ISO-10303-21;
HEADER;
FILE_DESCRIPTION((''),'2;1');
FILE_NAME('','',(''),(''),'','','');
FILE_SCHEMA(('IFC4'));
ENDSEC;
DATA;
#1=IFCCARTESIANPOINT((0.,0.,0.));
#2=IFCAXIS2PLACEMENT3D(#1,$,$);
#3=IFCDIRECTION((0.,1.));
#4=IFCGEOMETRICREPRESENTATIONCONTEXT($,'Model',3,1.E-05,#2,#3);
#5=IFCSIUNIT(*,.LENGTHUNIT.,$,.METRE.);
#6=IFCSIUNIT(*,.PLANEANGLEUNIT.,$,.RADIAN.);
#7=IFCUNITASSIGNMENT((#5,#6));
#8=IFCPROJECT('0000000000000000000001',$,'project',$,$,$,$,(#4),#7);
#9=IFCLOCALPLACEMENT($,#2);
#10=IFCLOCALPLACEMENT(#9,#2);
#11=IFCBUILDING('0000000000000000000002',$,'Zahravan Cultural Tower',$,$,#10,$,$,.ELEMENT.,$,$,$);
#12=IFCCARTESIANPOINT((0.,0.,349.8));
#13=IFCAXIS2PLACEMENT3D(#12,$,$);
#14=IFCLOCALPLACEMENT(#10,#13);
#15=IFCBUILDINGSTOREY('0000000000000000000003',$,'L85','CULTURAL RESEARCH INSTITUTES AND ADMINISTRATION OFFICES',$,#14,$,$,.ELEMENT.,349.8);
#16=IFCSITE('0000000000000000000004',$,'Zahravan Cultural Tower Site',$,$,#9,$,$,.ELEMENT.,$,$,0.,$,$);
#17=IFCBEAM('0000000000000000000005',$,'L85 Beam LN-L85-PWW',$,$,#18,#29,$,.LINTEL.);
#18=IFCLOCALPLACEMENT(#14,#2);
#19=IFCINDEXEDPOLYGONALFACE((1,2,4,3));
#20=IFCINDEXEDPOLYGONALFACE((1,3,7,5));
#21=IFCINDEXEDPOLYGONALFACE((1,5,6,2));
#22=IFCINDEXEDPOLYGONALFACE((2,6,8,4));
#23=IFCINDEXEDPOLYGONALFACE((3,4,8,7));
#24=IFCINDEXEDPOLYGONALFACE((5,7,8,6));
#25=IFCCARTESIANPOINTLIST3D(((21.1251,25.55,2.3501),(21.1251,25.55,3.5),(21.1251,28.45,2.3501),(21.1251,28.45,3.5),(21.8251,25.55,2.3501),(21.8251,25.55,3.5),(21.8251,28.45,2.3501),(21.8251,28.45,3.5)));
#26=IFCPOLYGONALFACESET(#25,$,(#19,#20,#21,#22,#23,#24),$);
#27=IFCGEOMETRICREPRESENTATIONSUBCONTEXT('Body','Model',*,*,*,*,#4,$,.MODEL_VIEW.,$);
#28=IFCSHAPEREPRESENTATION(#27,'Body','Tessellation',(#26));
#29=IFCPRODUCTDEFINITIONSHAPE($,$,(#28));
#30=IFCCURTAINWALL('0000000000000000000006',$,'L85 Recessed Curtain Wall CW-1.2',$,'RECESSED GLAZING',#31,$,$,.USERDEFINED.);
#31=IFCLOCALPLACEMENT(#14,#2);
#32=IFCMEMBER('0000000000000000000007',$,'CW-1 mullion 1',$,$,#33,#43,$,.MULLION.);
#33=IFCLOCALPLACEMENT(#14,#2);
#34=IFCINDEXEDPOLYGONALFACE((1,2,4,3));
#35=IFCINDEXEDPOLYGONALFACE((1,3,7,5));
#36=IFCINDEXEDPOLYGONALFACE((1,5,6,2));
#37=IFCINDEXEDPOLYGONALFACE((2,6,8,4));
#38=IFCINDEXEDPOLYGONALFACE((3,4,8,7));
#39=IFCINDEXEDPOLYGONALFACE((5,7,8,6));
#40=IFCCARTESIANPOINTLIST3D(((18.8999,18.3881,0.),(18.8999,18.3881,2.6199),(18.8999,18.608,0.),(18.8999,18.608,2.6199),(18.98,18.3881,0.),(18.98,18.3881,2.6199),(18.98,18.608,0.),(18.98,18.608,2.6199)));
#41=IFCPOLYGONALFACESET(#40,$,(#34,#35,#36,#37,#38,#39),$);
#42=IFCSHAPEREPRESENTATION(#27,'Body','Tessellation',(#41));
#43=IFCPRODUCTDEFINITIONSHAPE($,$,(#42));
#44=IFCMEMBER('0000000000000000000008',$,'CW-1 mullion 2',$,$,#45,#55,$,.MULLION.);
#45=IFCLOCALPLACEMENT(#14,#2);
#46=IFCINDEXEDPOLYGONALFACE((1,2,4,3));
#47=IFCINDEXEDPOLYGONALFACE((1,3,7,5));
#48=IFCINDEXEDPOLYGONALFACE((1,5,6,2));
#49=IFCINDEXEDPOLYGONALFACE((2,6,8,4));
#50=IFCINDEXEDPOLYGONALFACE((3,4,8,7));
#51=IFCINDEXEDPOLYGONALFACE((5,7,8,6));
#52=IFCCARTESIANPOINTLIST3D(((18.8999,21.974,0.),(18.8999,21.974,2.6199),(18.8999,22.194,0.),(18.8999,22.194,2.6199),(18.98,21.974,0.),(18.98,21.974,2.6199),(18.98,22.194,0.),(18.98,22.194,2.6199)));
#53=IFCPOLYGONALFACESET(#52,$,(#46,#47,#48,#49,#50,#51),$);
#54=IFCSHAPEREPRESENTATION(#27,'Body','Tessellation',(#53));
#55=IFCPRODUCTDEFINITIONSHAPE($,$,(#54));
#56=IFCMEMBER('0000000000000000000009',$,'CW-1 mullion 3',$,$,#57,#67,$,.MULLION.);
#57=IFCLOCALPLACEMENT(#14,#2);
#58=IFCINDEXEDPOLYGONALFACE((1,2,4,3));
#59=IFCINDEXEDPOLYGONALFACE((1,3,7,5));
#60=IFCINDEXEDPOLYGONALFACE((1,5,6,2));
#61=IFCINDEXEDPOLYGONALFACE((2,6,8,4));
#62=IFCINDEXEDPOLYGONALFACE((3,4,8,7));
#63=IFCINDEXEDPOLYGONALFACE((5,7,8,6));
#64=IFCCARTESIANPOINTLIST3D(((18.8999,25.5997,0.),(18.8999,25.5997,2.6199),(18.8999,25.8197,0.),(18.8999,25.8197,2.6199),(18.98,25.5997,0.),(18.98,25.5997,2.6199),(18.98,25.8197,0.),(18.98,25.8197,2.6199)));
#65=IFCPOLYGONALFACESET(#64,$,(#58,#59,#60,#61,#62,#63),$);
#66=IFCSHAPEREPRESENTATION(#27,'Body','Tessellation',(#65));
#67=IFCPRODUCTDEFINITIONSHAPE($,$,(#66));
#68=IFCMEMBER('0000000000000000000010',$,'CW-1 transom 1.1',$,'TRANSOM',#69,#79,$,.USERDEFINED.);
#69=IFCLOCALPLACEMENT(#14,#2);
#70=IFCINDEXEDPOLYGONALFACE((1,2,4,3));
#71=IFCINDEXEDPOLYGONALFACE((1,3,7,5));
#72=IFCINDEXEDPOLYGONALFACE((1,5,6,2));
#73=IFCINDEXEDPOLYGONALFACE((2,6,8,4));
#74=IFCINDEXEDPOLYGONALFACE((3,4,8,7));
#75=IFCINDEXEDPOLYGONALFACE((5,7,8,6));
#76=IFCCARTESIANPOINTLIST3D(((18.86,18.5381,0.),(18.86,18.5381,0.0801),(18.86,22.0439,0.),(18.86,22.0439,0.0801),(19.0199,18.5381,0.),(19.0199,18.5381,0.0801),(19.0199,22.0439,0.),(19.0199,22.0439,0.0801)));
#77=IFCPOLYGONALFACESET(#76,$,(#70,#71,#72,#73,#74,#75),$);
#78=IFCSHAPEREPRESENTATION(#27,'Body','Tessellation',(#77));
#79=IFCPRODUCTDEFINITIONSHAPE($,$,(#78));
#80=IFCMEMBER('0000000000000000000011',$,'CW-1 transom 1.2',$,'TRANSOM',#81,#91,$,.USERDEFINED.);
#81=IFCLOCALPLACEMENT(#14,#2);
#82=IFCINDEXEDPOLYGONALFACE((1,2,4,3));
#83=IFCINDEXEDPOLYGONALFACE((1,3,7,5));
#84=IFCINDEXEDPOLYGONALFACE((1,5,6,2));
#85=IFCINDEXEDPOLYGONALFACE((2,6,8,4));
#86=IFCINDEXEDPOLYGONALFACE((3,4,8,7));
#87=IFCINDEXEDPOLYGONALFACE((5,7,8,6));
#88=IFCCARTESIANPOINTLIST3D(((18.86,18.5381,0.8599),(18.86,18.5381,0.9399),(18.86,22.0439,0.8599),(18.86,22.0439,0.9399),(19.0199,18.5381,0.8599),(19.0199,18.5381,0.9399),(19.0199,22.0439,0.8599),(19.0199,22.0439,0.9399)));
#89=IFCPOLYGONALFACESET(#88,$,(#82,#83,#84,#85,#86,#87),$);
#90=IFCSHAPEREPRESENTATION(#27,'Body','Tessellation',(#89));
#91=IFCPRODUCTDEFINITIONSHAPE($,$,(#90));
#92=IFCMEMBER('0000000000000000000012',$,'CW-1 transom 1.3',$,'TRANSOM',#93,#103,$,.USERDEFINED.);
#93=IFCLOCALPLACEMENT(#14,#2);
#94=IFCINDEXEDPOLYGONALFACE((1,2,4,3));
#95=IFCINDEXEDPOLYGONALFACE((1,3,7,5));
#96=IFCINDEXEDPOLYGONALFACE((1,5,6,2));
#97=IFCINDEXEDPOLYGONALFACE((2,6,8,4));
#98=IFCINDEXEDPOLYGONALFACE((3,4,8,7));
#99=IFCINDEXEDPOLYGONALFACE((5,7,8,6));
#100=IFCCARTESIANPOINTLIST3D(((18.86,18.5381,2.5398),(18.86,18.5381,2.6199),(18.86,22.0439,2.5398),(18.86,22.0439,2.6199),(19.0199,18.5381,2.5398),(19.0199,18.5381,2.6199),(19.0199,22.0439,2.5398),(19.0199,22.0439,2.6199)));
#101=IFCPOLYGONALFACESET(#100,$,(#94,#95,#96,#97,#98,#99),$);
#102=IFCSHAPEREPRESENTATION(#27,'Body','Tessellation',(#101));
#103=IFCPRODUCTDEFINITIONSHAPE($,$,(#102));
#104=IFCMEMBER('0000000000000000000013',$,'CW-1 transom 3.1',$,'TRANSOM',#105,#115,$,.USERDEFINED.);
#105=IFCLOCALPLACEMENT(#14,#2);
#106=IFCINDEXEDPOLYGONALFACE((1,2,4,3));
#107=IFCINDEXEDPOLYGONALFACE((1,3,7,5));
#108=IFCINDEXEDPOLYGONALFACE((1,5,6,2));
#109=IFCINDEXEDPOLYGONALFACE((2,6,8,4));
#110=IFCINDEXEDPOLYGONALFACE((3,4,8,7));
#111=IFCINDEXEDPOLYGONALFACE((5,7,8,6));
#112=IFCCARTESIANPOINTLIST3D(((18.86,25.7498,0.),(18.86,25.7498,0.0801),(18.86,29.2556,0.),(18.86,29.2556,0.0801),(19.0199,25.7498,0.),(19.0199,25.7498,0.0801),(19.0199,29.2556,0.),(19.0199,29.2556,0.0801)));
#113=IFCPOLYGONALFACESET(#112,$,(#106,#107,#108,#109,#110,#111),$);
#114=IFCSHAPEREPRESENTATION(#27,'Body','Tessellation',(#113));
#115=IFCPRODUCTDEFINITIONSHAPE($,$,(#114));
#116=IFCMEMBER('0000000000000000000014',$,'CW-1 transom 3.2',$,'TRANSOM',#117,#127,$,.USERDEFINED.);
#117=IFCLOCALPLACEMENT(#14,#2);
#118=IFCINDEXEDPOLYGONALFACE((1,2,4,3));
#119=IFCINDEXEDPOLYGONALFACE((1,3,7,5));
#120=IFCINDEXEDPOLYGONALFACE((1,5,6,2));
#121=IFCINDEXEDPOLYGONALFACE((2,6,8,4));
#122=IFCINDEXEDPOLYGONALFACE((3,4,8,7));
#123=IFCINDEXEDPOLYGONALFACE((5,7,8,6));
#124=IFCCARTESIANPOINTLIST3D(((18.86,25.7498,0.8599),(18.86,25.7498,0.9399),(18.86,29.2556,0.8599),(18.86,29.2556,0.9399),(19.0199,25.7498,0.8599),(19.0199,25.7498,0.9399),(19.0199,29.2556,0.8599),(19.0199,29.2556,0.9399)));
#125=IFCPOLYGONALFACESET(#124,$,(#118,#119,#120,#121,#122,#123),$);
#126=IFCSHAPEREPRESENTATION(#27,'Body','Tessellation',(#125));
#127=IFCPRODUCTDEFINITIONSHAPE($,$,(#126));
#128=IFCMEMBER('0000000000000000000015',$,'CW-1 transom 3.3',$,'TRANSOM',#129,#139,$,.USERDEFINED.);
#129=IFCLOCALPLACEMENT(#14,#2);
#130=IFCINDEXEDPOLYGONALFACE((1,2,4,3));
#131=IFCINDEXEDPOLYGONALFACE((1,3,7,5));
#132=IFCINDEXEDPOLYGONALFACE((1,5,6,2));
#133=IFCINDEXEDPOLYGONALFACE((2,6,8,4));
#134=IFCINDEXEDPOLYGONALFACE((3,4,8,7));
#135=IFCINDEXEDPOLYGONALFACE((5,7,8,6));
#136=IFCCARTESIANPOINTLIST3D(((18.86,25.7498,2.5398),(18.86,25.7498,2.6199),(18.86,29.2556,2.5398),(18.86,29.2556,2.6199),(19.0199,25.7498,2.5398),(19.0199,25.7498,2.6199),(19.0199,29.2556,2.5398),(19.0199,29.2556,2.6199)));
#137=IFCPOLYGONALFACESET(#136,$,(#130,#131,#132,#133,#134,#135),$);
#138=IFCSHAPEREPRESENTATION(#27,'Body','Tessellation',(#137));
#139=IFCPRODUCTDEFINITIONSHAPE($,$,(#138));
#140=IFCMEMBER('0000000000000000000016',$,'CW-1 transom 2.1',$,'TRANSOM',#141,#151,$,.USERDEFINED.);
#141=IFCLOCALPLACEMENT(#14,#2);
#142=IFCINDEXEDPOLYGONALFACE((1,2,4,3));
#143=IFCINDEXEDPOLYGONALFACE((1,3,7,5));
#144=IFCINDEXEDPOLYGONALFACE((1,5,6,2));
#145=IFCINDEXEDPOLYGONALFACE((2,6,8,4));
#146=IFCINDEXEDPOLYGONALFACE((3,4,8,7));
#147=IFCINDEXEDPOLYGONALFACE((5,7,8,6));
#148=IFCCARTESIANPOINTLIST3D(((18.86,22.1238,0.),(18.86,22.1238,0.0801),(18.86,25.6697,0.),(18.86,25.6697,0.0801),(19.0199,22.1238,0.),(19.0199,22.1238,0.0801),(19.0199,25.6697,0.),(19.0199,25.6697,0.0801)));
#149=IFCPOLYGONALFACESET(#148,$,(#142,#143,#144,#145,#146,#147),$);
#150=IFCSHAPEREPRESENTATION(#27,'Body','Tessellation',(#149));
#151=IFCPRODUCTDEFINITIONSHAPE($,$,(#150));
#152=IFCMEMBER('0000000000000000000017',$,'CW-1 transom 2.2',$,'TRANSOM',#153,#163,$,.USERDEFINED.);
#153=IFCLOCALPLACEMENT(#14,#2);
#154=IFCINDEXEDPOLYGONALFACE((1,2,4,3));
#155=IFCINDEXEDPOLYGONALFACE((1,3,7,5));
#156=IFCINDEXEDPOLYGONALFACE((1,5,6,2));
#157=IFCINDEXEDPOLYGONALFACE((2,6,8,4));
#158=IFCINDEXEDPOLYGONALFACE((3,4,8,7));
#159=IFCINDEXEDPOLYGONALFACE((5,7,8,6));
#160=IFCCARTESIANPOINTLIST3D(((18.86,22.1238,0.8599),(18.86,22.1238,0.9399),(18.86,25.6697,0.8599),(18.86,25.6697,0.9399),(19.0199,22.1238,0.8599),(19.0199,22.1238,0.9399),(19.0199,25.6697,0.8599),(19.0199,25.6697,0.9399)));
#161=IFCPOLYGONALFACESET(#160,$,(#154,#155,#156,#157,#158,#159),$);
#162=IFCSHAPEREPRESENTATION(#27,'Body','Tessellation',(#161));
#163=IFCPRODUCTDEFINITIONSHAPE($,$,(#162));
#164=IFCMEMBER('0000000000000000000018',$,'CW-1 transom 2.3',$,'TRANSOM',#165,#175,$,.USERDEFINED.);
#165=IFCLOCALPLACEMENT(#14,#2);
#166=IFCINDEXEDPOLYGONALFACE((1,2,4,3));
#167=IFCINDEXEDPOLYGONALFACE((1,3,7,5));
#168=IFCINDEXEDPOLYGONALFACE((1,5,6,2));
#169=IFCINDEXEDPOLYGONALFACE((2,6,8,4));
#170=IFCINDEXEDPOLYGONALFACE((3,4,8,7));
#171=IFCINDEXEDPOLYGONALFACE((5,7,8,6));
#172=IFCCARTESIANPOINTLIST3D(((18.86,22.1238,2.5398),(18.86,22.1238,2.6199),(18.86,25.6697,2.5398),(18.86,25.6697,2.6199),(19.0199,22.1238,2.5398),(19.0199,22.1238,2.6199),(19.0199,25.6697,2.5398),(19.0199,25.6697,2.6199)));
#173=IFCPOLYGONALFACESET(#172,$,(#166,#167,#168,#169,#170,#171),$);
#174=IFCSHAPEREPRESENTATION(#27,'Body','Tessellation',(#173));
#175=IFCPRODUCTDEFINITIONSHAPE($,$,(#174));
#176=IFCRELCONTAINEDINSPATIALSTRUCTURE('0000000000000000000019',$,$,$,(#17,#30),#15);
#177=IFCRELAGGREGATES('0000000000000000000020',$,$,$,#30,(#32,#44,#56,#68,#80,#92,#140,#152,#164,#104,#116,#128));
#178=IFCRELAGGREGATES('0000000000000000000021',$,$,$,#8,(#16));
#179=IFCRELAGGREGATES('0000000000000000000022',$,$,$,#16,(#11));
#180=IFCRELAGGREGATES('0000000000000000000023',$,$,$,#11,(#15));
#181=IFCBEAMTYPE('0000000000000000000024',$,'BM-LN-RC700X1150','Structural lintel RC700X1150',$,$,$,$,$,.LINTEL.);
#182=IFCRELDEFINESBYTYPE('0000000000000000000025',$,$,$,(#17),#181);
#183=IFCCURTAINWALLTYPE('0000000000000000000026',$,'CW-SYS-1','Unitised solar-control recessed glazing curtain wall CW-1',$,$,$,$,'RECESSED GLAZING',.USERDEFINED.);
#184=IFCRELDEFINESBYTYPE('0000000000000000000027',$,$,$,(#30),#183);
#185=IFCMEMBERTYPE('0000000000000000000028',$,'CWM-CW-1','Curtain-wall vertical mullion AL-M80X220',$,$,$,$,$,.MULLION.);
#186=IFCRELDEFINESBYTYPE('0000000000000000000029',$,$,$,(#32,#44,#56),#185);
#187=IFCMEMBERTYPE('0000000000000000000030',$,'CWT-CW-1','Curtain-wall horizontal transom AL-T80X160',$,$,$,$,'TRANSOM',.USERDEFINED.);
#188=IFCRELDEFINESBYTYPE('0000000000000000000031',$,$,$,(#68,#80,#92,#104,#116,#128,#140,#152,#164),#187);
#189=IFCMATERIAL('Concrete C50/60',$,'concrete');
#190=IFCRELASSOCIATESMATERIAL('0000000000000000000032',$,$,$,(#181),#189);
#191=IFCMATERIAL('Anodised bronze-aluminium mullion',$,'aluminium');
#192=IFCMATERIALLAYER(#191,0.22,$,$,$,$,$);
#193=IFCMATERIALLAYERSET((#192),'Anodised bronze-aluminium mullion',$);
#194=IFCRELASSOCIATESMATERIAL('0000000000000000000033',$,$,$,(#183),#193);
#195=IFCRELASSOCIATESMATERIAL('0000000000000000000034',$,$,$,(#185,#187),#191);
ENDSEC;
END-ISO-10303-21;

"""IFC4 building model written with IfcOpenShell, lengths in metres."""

from ifc_helpers import new_model, si_unit, direction, frame, origin, origin_2d, place, context, subcontext, project, spatial, rectangle, extrude, source, transform, mapped, material, layer, layer_set, material_profile, profile_set, type_object, element, aggregate, save


model = new_model("IFC4")

# Units and contexts
model_context = context("Model", 3, precision=1e-05, world=origin(), true_north=direction((0.0, 1.0)))
body_context = subcontext(model_context, "Body", "Model", "MODEL_VIEW")
ifc_project = project(units=[si_unit("LENGTHUNIT", "METRE"), si_unit("PLANEANGLEUNIT", "RADIAN")], contexts=[model_context])

# Site, building, storey
site_placement = place(None, origin())
site = spatial("IfcSite", under=ifc_project, at=site_placement, Name="Zahravan Cultural Tower Site", CompositionType="ELEMENT", RefElevation=0.0)
building_placement = place(site_placement, origin())
building = spatial("IfcBuilding", under=site, at=building_placement, Name="Zahravan Cultural Tower", CompositionType="ELEMENT")
storey_placement = place(building_placement, frame((0.0, 0.0, 349.8)))
storey = spatial("IfcBuildingStorey", under=building, at=storey_placement, Name="L85", Description="CULTURAL RESEARCH INSTITUTES AND ADMINISTRATION OFFICES", CompositionType="ELEMENT", Elevation=349.8)

# Beam
ifc_material_1 = material(Name="Concrete C50/60", Category="concrete")
ifc_material_profile_1 = material_profile(ifc_material_1, rectangle(XDim=0.7, YDim=1.1499, at=origin_2d()), Name="RC700X1150")
ifc_profile_set_1 = profile_set([ifc_material_profile_1], Name="Concrete C50/60")
beam_type = type_object("IfcBeamType", Name="BM-LN-RC700X1150", Description="Structural lintel RC700X1150", PredefinedType="LINTEL", material=ifc_profile_set_1)
shared_shape_1 = source(origin(), body_context, "Body", "SweptSolid", [
    extrude(rectangle(XDim=0.7, YDim=1.1499, at=origin_2d()), origin(), (0.0, 0.0, 1.0), 2.8999),
])
beam_placement = place(storey_placement, frame((21.4751, 25.55, 2.925), z_axis=(0.0, 1.0, 0.0), x_axis=(-1.0, 0.0, 0.0)))
element("IfcBeam", 1, at=beam_placement, inside=storey, type_object=beam_type, Name="L85 Beam LN-L85-PWW", PredefinedType="LINTEL", context=body_context, shape_type="MappedRepresentation", body=[
    mapped(shared_shape_1, transform((0.0, 0.0, 0.0), x_axis=(1.0, 0.0, 0.0), y_axis=(0.0, 1.0, 0.0), z_axis=(0.0, 0.0, 1.0), scale=1.0)),
])

# Curtain wall, members
ifc_material_2 = material(Name="Anodised bronze-aluminium mullion", Category="aluminium")
ifc_layer_1 = layer(ifc_material_2, 0.22)
ifc_layer_set_1 = layer_set([ifc_layer_1], Name="Anodised bronze-aluminium mullion")
curtain_wall_type = type_object("IfcCurtainWallType", Name="CW-SYS-1", Description="Unitised solar-control recessed glazing curtain wall CW-1", ElementType="RECESSED GLAZING", PredefinedType="USERDEFINED", material=ifc_layer_set_1)
curtain_wall_placement = place(storey_placement, origin())
curtain_wall = element("IfcCurtainWall", 2, at=curtain_wall_placement, inside=storey, type_object=curtain_wall_type, Name="L85 Recessed Curtain Wall CW-1.2", ObjectType="RECESSED GLAZING", PredefinedType="USERDEFINED")
ifc_material_profile_2 = material_profile(ifc_material_2, rectangle(XDim=0.0801, YDim=0.22, at=origin_2d()), Name="AL-M80X220")
ifc_profile_set_2 = profile_set([ifc_material_profile_2], Name="Anodised bronze-aluminium mullion")
member_type_1 = type_object("IfcMemberType", Name="CWM-CW-1", Description="Curtain-wall vertical mullion AL-M80X220", PredefinedType="MULLION", material=ifc_profile_set_2)
shared_shape_2 = source(origin(), body_context, "Body", "SweptSolid", [
    extrude(rectangle(XDim=0.0801, YDim=0.22, at=origin_2d()), origin(), (0.0, 0.0, 1.0), 2.6199),
])
member_1_placement = place(storey_placement, frame((18.9399, 18.498, 0.0), z_axis=(0.0, 0.0, 1.0), x_axis=(-1.0, 0.0, 0.0)))
member_1 = element("IfcMember", 3, at=member_1_placement, type_object=member_type_1, Name="CW-1 mullion 1", PredefinedType="MULLION", context=body_context, shape_type="MappedRepresentation", body=[
    mapped(shared_shape_2, transform((0.0, 0.0, 0.0), x_axis=(1.0, 0.0, 0.0), y_axis=(0.0, 1.0, 0.0), z_axis=(0.0, 0.0, 1.0), scale=1.0)),
])
member_2_placement = place(storey_placement, frame((18.9399, 22.084, 0.0), z_axis=(0.0, 0.0, 1.0), x_axis=(-1.0, 0.0, 0.0)))
member_2 = element("IfcMember", 4, at=member_2_placement, type_object=member_type_1, Name="CW-1 mullion 2", PredefinedType="MULLION", context=body_context, shape_type="MappedRepresentation", body=[
    mapped(shared_shape_2, transform((0.0, 0.0, 0.0), x_axis=(1.0, 0.0, 0.0), y_axis=(0.0, 1.0, 0.0), z_axis=(0.0, 0.0, 1.0), scale=1.0)),
])
member_3_placement = place(storey_placement, frame((18.9399, 25.7097, 0.0), z_axis=(0.0, 0.0, 1.0), x_axis=(-1.0, 0.0, 0.0)))
member_3 = element("IfcMember", 5, at=member_3_placement, type_object=member_type_1, Name="CW-1 mullion 3", PredefinedType="MULLION", context=body_context, shape_type="MappedRepresentation", body=[
    mapped(shared_shape_2, transform((0.0, 0.0, 0.0), x_axis=(1.0, 0.0, 0.0), y_axis=(0.0, 1.0, 0.0), z_axis=(0.0, 0.0, 1.0), scale=1.0)),
])
ifc_material_profile_3 = material_profile(ifc_material_2, rectangle(XDim=0.1599, YDim=0.0801, at=origin_2d()), Name="AL-T80X160")
ifc_profile_set_3 = profile_set([ifc_material_profile_3], Name="Anodised bronze-aluminium mullion")
member_type_2 = type_object("IfcMemberType", Name="CWT-CW-1", Description="Curtain-wall horizontal transom AL-T80X160", ElementType="TRANSOM", PredefinedType="USERDEFINED", material=ifc_profile_set_3)
shared_shape_3 = source(origin(), body_context, "Body", "SweptSolid", [
    extrude(rectangle(XDim=0.1599, YDim=0.0801, at=origin_2d()), origin(), (0.0, 0.0, 1.0), 3.5059),
])
member_4_placement = place(storey_placement, frame((18.9399, 18.5381, 0.04), z_axis=(0.0, 1.0, 0.0), x_axis=(-1.0, 0.0, 0.0)))
member_4 = element("IfcMember", 6, at=member_4_placement, type_object=member_type_2, Name="CW-1 transom 1.1", ObjectType="TRANSOM", PredefinedType="USERDEFINED", context=body_context, shape_type="MappedRepresentation", body=[
    mapped(shared_shape_3, transform((0.0, 0.0, 0.0), x_axis=(1.0, 0.0, 0.0), y_axis=(0.0, 1.0, 0.0), z_axis=(0.0, 0.0, 1.0), scale=1.0)),
])
member_5_placement = place(storey_placement, frame((18.9399, 18.5381, 0.8999), z_axis=(0.0, 1.0, 0.0), x_axis=(-1.0, 0.0, 0.0)))
member_5 = element("IfcMember", 7, at=member_5_placement, type_object=member_type_2, Name="CW-1 transom 1.2", ObjectType="TRANSOM", PredefinedType="USERDEFINED", context=body_context, shape_type="MappedRepresentation", body=[
    mapped(shared_shape_3, transform((0.0, 0.0, 0.0), x_axis=(1.0, 0.0, 0.0), y_axis=(0.0, 1.0, 0.0), z_axis=(0.0, 0.0, 1.0), scale=1.0)),
])
member_6_placement = place(storey_placement, frame((18.9399, 18.5381, 2.5798), z_axis=(0.0, 1.0, 0.0), x_axis=(-1.0, 0.0, 0.0)))
member_6 = element("IfcMember", 8, at=member_6_placement, type_object=member_type_2, Name="CW-1 transom 1.3", ObjectType="TRANSOM", PredefinedType="USERDEFINED", context=body_context, shape_type="MappedRepresentation", body=[
    mapped(shared_shape_3, transform((0.0, 0.0, 0.0), x_axis=(1.0, 0.0, 0.0), y_axis=(0.0, 1.0, 0.0), z_axis=(0.0, 0.0, 1.0), scale=1.0)),
])
member_7_placement = place(storey_placement, frame((18.9399, 25.7498, 0.04), z_axis=(0.0, 1.0, 0.0), x_axis=(-1.0, 0.0, 0.0)))
member_7 = element("IfcMember", 9, at=member_7_placement, type_object=member_type_2, Name="CW-1 transom 3.1", ObjectType="TRANSOM", PredefinedType="USERDEFINED", context=body_context, shape_type="MappedRepresentation", body=[
    mapped(shared_shape_3, transform((0.0, 0.0, 0.0), x_axis=(1.0, 0.0, 0.0), y_axis=(0.0, 1.0, 0.0), z_axis=(0.0, 0.0, 1.0), scale=1.0)),
])
member_8_placement = place(storey_placement, frame((18.9399, 25.7498, 0.8999), z_axis=(0.0, 1.0, 0.0), x_axis=(-1.0, 0.0, 0.0)))
member_8 = element("IfcMember", 10, at=member_8_placement, type_object=member_type_2, Name="CW-1 transom 3.2", ObjectType="TRANSOM", PredefinedType="USERDEFINED", context=body_context, shape_type="MappedRepresentation", body=[
    mapped(shared_shape_3, transform((0.0, 0.0, 0.0), x_axis=(1.0, 0.0, 0.0), y_axis=(0.0, 1.0, 0.0), z_axis=(0.0, 0.0, 1.0), scale=1.0)),
])
member_9_placement = place(storey_placement, frame((18.9399, 25.7498, 2.5798), z_axis=(0.0, 1.0, 0.0), x_axis=(-1.0, 0.0, 0.0)))
member_9 = element("IfcMember", 11, at=member_9_placement, type_object=member_type_2, Name="CW-1 transom 3.3", ObjectType="TRANSOM", PredefinedType="USERDEFINED", context=body_context, shape_type="MappedRepresentation", body=[
    mapped(shared_shape_3, transform((0.0, 0.0, 0.0), x_axis=(1.0, 0.0, 0.0), y_axis=(0.0, 1.0, 0.0), z_axis=(0.0, 0.0, 1.0), scale=1.0)),
])
shared_shape_4 = source(origin(), body_context, "Body", "SweptSolid", [
    extrude(rectangle(XDim=0.1599, YDim=0.0801, at=origin_2d()), origin(), (0.0, 0.0, 1.0), 3.5459),
])
member_10_placement = place(storey_placement, frame((18.9399, 22.1238, 0.04), z_axis=(0.0, 1.0, 0.0), x_axis=(-1.0, 0.0, 0.0)))
member_10 = element("IfcMember", 12, at=member_10_placement, type_object=member_type_2, Name="CW-1 transom 2.1", ObjectType="TRANSOM", PredefinedType="USERDEFINED", context=body_context, shape_type="MappedRepresentation", body=[
    mapped(shared_shape_4, transform((0.0, 0.0, 0.0), x_axis=(1.0, 0.0, 0.0), y_axis=(0.0, 1.0, 0.0), z_axis=(0.0, 0.0, 1.0), scale=1.0)),
])
member_11_placement = place(storey_placement, frame((18.9399, 22.1238, 0.8999), z_axis=(0.0, 1.0, 0.0), x_axis=(-1.0, 0.0, 0.0)))
member_11 = element("IfcMember", 13, at=member_11_placement, type_object=member_type_2, Name="CW-1 transom 2.2", ObjectType="TRANSOM", PredefinedType="USERDEFINED", context=body_context, shape_type="MappedRepresentation", body=[
    mapped(shared_shape_4, transform((0.0, 0.0, 0.0), x_axis=(1.0, 0.0, 0.0), y_axis=(0.0, 1.0, 0.0), z_axis=(0.0, 0.0, 1.0), scale=1.0)),
])
member_12_placement = place(storey_placement, frame((18.9399, 22.1238, 2.5798), z_axis=(0.0, 1.0, 0.0), x_axis=(-1.0, 0.0, 0.0)))
member_12 = element("IfcMember", 14, at=member_12_placement, type_object=member_type_2, Name="CW-1 transom 2.3", ObjectType="TRANSOM", PredefinedType="USERDEFINED", context=body_context, shape_type="MappedRepresentation", body=[
    mapped(shared_shape_4, transform((0.0, 0.0, 0.0), x_axis=(1.0, 0.0, 0.0), y_axis=(0.0, 1.0, 0.0), z_axis=(0.0, 0.0, 1.0), scale=1.0)),
])
aggregate(curtain_wall, [member_1, member_2, member_3, member_4, member_5, member_6, member_10, member_11, member_12, member_7, member_8, member_9])

save(model, "model.ifc")
